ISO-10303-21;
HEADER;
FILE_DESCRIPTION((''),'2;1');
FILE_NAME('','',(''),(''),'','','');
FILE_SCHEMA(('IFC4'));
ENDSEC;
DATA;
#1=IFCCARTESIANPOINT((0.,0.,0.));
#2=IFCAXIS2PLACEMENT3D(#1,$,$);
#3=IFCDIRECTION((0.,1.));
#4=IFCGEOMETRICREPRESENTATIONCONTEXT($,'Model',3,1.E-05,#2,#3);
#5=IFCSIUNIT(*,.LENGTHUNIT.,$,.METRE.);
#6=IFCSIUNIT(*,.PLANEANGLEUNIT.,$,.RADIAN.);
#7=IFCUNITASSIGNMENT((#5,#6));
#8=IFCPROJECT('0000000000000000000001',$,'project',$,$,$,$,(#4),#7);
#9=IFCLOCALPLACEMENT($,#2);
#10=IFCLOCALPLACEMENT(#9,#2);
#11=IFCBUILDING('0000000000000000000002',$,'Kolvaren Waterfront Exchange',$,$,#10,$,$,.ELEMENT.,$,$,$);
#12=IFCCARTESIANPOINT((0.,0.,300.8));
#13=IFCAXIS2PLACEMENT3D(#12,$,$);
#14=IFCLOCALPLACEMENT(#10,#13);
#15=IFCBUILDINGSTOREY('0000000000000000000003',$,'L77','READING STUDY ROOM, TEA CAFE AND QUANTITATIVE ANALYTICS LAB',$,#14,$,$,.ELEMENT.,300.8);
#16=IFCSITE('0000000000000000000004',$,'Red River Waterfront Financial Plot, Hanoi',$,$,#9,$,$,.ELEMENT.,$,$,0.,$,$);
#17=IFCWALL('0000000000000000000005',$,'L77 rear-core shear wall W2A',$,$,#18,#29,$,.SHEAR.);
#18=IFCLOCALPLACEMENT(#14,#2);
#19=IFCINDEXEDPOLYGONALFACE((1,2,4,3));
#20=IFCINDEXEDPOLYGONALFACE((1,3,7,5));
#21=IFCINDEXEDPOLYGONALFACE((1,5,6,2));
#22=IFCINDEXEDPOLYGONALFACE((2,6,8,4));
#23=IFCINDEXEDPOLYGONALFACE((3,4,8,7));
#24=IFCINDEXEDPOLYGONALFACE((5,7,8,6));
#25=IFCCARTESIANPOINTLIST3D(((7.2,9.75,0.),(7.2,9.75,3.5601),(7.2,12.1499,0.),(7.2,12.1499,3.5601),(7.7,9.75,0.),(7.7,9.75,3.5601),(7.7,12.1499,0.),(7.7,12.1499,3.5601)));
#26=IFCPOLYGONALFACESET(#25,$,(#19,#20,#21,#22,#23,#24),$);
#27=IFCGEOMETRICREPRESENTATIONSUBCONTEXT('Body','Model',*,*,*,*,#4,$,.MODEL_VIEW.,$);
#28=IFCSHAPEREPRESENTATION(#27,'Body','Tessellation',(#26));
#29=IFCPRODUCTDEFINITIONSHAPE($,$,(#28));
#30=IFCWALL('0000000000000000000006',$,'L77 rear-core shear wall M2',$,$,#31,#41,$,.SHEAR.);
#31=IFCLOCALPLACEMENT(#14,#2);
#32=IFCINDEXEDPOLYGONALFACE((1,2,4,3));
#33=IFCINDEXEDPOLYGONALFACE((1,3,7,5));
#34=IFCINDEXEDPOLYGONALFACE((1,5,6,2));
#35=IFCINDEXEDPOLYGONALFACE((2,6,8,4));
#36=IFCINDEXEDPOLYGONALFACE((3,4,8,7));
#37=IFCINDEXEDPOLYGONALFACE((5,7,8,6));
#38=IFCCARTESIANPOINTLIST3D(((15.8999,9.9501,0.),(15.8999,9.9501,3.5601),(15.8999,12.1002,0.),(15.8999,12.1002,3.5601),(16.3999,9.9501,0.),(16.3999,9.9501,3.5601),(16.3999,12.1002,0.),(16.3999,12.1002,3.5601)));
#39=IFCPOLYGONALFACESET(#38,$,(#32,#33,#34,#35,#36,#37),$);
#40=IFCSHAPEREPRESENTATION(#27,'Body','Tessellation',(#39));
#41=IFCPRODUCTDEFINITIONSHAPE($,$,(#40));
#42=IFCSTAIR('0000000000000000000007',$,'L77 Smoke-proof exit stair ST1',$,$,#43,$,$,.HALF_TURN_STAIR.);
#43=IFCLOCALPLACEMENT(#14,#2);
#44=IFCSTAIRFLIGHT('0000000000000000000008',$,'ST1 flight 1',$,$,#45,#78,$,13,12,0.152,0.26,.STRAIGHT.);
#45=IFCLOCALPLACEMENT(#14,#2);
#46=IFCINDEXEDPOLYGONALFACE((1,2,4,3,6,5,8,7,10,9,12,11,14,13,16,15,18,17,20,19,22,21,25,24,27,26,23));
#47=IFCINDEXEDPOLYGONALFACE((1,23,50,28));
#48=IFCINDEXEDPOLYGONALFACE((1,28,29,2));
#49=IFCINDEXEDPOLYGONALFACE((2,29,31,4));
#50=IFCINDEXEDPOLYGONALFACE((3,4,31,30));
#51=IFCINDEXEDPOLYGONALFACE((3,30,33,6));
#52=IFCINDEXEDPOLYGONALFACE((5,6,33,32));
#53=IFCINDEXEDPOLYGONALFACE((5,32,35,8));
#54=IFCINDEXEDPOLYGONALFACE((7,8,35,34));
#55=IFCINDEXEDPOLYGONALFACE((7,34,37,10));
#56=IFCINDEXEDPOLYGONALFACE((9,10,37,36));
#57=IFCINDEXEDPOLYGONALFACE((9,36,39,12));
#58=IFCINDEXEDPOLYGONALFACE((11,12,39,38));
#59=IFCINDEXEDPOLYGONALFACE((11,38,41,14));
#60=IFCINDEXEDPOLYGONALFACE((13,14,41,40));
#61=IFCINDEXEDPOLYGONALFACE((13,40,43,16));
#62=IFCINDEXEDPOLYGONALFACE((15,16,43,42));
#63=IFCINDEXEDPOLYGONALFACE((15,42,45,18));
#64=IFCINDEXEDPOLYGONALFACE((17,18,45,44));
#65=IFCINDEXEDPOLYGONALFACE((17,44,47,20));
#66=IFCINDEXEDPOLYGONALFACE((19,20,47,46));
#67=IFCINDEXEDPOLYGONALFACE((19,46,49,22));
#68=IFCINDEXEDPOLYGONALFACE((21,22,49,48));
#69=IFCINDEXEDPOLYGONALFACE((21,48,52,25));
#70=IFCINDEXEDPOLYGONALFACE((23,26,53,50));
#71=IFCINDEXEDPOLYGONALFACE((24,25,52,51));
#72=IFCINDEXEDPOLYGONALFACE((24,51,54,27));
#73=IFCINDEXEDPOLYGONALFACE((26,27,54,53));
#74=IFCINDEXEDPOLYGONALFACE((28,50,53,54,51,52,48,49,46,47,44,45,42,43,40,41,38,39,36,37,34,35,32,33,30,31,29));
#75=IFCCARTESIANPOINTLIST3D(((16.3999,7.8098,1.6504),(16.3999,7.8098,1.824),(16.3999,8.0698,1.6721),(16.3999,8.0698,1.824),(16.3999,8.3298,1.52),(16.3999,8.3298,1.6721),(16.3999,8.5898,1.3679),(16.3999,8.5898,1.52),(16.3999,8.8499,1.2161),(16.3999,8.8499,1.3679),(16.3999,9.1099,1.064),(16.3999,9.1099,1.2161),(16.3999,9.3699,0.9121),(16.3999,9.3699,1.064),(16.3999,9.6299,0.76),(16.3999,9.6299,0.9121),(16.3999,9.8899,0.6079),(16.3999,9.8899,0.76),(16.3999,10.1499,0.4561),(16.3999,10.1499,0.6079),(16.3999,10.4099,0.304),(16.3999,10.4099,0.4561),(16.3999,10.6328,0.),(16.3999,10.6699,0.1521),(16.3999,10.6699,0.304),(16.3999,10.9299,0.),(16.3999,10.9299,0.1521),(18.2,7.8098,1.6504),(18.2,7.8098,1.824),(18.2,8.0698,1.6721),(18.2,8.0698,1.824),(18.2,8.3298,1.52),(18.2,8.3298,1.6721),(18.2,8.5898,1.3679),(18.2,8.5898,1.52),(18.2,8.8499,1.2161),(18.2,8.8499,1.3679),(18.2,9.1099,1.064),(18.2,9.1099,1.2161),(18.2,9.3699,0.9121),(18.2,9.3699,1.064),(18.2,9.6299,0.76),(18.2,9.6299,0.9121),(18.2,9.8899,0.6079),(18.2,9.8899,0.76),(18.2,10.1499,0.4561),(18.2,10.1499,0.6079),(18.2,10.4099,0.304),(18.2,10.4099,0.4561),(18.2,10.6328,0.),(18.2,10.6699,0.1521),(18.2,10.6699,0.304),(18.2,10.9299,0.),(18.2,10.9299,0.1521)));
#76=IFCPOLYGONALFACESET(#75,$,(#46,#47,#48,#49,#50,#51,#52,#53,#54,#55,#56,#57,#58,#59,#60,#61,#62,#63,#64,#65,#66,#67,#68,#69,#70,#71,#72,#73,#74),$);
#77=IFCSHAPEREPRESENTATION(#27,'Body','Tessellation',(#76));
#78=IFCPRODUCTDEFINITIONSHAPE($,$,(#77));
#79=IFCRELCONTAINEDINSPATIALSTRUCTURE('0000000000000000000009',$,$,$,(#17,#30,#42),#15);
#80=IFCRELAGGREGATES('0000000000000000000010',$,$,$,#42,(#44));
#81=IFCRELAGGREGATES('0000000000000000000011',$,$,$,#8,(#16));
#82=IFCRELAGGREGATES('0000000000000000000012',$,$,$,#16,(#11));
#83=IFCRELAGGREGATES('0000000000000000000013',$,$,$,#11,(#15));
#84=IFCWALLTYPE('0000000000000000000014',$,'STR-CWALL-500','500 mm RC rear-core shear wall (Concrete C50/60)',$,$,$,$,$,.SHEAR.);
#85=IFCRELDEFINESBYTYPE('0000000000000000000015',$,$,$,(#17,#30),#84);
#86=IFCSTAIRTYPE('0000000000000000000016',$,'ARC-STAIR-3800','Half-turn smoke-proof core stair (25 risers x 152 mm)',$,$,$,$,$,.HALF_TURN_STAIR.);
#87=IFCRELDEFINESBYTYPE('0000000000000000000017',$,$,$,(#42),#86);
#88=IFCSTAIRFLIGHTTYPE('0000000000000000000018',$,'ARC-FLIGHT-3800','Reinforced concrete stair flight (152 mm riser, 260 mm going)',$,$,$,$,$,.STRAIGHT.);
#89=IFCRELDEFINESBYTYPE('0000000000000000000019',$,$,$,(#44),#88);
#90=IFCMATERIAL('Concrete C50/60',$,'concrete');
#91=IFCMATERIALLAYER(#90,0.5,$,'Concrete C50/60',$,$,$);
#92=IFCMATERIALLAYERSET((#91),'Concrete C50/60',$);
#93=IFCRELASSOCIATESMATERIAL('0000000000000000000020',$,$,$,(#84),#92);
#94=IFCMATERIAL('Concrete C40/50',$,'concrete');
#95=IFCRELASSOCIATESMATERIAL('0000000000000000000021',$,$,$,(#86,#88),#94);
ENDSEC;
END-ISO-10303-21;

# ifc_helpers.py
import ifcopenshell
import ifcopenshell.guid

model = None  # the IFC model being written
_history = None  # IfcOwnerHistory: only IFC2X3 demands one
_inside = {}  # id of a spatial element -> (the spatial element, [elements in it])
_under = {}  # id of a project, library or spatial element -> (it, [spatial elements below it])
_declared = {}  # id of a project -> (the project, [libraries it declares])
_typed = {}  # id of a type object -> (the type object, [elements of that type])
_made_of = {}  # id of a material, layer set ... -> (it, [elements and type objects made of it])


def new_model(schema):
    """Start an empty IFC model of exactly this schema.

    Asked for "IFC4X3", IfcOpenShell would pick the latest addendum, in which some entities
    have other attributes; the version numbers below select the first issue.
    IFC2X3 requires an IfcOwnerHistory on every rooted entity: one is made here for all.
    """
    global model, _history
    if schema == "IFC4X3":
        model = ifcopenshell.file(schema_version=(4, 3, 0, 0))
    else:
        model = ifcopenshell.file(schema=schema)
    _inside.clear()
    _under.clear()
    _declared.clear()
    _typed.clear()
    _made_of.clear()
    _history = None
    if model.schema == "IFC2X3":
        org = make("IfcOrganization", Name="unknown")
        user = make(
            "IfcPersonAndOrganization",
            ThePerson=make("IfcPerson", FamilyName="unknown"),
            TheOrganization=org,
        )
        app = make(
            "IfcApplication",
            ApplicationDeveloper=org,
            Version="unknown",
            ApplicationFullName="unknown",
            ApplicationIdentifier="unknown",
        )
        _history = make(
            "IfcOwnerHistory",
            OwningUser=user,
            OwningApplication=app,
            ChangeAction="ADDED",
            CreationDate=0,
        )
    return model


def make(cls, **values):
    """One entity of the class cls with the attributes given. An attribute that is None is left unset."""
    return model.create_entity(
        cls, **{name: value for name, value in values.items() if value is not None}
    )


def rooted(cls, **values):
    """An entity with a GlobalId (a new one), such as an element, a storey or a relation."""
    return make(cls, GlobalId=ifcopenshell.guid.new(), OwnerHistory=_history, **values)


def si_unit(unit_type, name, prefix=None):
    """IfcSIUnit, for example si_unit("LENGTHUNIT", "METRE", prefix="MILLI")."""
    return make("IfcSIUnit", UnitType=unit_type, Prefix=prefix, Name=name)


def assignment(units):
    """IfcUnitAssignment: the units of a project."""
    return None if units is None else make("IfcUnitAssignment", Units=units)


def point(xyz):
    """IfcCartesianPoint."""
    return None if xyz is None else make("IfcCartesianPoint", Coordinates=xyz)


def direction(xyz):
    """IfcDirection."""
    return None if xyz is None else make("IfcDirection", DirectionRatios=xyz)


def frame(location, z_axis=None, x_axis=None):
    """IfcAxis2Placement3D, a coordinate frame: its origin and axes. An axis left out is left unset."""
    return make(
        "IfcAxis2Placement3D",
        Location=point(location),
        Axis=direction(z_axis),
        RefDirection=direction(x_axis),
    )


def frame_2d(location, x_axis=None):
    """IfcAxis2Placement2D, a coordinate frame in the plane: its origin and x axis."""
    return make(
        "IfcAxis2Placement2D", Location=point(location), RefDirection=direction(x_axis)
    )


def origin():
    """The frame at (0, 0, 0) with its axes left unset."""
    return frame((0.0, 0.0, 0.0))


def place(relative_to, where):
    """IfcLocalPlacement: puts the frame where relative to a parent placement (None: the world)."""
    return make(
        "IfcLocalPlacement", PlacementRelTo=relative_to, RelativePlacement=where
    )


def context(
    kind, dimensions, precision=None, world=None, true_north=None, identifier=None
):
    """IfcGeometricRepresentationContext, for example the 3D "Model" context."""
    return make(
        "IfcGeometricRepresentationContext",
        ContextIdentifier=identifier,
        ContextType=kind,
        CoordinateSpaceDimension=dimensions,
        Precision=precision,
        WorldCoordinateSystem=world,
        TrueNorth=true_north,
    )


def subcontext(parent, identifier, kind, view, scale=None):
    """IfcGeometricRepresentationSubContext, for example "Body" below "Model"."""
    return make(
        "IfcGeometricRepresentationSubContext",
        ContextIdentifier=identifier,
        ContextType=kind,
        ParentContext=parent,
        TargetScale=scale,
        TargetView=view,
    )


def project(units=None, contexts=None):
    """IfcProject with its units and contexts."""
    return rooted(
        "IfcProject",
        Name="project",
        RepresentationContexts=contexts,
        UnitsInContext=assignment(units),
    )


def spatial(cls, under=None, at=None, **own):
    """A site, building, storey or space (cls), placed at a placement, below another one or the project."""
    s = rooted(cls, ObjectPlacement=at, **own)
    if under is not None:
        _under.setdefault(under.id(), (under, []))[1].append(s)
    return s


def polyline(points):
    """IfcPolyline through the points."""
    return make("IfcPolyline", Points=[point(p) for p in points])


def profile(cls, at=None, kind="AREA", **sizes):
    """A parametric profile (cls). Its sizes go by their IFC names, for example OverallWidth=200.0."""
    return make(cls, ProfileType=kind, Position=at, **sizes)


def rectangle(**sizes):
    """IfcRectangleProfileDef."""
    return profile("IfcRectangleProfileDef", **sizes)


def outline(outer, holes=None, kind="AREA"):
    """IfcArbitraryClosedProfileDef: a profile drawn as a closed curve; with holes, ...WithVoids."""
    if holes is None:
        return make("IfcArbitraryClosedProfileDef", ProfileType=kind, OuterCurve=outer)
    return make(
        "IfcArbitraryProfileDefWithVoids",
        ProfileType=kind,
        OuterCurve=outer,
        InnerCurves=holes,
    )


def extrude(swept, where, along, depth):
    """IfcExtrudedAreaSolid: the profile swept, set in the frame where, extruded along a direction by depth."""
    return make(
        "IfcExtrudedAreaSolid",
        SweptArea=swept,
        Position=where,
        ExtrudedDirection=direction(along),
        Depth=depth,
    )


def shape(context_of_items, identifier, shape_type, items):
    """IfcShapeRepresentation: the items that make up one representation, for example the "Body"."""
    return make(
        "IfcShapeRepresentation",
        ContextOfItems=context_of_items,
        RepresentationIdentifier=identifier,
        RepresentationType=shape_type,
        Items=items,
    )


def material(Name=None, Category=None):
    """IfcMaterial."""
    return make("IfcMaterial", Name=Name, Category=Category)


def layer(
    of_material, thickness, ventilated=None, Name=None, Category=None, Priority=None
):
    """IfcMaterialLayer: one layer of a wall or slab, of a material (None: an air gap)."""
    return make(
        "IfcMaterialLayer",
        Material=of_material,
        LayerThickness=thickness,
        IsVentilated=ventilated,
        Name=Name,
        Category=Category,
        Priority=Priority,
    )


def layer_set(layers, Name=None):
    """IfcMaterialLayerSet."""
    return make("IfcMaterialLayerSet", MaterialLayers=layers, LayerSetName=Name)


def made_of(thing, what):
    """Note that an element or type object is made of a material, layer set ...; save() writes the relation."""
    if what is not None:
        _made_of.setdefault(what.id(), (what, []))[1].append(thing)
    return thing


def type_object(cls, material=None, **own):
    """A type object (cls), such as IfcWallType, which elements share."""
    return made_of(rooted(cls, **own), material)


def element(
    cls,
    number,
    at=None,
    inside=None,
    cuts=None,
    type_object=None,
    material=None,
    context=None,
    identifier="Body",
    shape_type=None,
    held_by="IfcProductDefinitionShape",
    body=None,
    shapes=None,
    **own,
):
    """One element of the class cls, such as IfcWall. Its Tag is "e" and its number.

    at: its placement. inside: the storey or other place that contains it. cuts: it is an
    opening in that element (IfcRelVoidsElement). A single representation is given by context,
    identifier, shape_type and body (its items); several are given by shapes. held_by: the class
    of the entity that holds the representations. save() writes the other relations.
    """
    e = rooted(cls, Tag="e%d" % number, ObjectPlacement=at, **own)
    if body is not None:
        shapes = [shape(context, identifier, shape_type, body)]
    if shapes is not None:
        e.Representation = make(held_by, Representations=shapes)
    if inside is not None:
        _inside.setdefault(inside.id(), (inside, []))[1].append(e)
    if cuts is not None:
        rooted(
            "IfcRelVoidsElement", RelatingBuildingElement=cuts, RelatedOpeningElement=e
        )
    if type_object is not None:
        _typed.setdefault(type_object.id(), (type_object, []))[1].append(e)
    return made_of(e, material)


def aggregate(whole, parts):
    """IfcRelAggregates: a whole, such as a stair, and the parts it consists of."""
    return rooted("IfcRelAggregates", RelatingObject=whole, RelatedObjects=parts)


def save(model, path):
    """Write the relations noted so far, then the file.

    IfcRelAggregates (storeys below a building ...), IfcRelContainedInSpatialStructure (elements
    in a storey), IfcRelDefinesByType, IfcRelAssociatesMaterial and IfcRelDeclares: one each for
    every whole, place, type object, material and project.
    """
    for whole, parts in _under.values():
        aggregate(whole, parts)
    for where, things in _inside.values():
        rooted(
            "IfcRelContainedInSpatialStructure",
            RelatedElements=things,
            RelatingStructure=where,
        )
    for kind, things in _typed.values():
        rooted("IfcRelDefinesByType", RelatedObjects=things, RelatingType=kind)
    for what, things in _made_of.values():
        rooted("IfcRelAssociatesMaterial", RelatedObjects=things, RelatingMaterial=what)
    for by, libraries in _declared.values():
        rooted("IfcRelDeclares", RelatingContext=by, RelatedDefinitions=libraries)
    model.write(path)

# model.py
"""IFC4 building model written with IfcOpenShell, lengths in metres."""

from ifc_helpers import new_model, si_unit, direction, frame, frame_2d, origin, place, context, subcontext, project, spatial, polyline, rectangle, outline, extrude, material, layer, layer_set, type_object, element, aggregate, save


model = new_model("IFC4")

# Units and contexts
model_context = context("Model", 3, precision=1e-05, world=origin(), true_north=direction((0.0, 1.0)))
body_context = subcontext(model_context, "Body", "Model", "MODEL_VIEW")
ifc_project = project(units=[si_unit("LENGTHUNIT", "METRE"), si_unit("PLANEANGLEUNIT", "RADIAN")], contexts=[model_context])

# Site, building, storey
site_placement = place(None, origin())
site = spatial("IfcSite", under=ifc_project, at=site_placement, Name="Red River Waterfront Financial Plot, Hanoi", CompositionType="ELEMENT", RefElevation=0.0)
building_placement = place(site_placement, origin())
building = spatial("IfcBuilding", under=site, at=building_placement, Name="Kolvaren Waterfront Exchange", CompositionType="ELEMENT")
storey_placement = place(building_placement, frame((0.0, 0.0, 300.8)))
storey = spatial("IfcBuildingStorey", under=building, at=storey_placement, Name="L77", Description="READING STUDY ROOM, TEA CAFE AND QUANTITATIVE ANALYTICS LAB", CompositionType="ELEMENT", Elevation=300.8)

# Walls
ifc_material_1 = material(Name="Concrete C50/60", Category="concrete")
ifc_layer_1 = layer(ifc_material_1, 0.5, Name="Concrete C50/60")
ifc_layer_set_1 = layer_set([ifc_layer_1], Name="Concrete C50/60")
wall_type_1 = type_object("IfcWallType", Name="STR-CWALL-500", Description="500 mm RC rear-core shear wall (Concrete C50/60)", PredefinedType="SHEAR", material=ifc_layer_set_1)
wall_1_placement = place(storey_placement, frame((7.45, 9.75, 0.0), z_axis=(0.0, 0.0, 1.0), x_axis=(0.0, 1.0, 0.0)))
element("IfcWall", 1, at=wall_1_placement, inside=storey, type_object=wall_type_1, Name="L77 rear-core shear wall W2A", PredefinedType="SHEAR", context=body_context, shape_type="SweptSolid", body=[
    extrude(rectangle(XDim=2.3999, YDim=0.5, at=frame_2d((1.2, 0.0))), origin(), (0.0, 0.0, 1.0), 3.5601),
])
wall_2_placement = place(storey_placement, frame((16.1499, 9.95, 0.0), z_axis=(0.0, 0.0, 1.0), x_axis=(0.0, 1.0, 0.0)))
element("IfcWall", 2, at=wall_2_placement, inside=storey, type_object=wall_type_1, Name="L77 rear-core shear wall M2", PredefinedType="SHEAR", context=body_context, shape_type="SweptSolid", body=[
    extrude(rectangle(XDim=2.1501, YDim=0.5, at=frame_2d((1.0752, 0.0))), origin(), (0.0, 0.0, 1.0), 3.5601),
])

# Stair, stair flight
ifc_material_2 = material(Name="Concrete C40/50", Category="concrete")
stair_type = type_object("IfcStairType", Name="ARC-STAIR-3800", Description="Half-turn smoke-proof core stair (25 risers x 152 mm)", PredefinedType="HALF_TURN_STAIR", material=ifc_material_2)
stair_placement = place(storey_placement, origin())
stair = element("IfcStair", 3, at=stair_placement, inside=storey, type_object=stair_type, Name="L77 Smoke-proof exit stair ST1", PredefinedType="HALF_TURN_STAIR")
stair_flight_type = type_object("IfcStairFlightType", Name="ARC-FLIGHT-3800", Description="Reinforced concrete stair flight (152 mm riser, 260 mm going)", PredefinedType="STRAIGHT", material=ifc_material_2)
stair_flight_placement = place(storey_placement, frame((17.3, 10.9299, 0.0), z_axis=(0.0, 0.0, 1.0), x_axis=(0.0, -1.0, 0.0)))
stair_flight = element("IfcStairFlight", 4, at=stair_flight_placement, type_object=stair_flight_type, Name="ST1 flight 1", NumberOfRisers=13, NumberOfTreads=12, PredefinedType="STRAIGHT", RiserHeight=0.152, TreadLength=0.26, context=body_context, shape_type="SweptSolid", body=[
    extrude(outline(polyline([(0.0, 0.0), (0.0, 0.1521), (0.26, 0.1521), (0.26, 0.304), (0.52, 0.304), (0.52, 0.4561), (0.78, 0.4561), (0.78, 0.6079), (1.04, 0.6079), (1.04, 0.76), (1.3, 0.76), (1.3, 0.9121), (1.5601, 0.9121), (1.5601, 1.064), (1.8201, 1.064), (1.8201, 1.2161), (2.0801, 1.2161), (2.0801, 1.3679), (2.3401, 1.3679), (2.3401, 1.52), (2.6001, 1.52), (2.6001, 1.6721), (2.8601, 1.6721), (2.8601, 1.824), (3.1201, 1.824), (3.1201, 1.9761), (3.1201, 1.6504), (0.2971, 0.0), (0.0, 0.0)])), frame((0.0, 0.8999, 0.0), z_axis=(0.0, -1.0, 0.0), x_axis=(1.0, 0.0, 0.0)), (0.0, 0.0, 1.0), 1.8),
])
aggregate(stair, [stair_flight])

save(model, "model.ifc")
